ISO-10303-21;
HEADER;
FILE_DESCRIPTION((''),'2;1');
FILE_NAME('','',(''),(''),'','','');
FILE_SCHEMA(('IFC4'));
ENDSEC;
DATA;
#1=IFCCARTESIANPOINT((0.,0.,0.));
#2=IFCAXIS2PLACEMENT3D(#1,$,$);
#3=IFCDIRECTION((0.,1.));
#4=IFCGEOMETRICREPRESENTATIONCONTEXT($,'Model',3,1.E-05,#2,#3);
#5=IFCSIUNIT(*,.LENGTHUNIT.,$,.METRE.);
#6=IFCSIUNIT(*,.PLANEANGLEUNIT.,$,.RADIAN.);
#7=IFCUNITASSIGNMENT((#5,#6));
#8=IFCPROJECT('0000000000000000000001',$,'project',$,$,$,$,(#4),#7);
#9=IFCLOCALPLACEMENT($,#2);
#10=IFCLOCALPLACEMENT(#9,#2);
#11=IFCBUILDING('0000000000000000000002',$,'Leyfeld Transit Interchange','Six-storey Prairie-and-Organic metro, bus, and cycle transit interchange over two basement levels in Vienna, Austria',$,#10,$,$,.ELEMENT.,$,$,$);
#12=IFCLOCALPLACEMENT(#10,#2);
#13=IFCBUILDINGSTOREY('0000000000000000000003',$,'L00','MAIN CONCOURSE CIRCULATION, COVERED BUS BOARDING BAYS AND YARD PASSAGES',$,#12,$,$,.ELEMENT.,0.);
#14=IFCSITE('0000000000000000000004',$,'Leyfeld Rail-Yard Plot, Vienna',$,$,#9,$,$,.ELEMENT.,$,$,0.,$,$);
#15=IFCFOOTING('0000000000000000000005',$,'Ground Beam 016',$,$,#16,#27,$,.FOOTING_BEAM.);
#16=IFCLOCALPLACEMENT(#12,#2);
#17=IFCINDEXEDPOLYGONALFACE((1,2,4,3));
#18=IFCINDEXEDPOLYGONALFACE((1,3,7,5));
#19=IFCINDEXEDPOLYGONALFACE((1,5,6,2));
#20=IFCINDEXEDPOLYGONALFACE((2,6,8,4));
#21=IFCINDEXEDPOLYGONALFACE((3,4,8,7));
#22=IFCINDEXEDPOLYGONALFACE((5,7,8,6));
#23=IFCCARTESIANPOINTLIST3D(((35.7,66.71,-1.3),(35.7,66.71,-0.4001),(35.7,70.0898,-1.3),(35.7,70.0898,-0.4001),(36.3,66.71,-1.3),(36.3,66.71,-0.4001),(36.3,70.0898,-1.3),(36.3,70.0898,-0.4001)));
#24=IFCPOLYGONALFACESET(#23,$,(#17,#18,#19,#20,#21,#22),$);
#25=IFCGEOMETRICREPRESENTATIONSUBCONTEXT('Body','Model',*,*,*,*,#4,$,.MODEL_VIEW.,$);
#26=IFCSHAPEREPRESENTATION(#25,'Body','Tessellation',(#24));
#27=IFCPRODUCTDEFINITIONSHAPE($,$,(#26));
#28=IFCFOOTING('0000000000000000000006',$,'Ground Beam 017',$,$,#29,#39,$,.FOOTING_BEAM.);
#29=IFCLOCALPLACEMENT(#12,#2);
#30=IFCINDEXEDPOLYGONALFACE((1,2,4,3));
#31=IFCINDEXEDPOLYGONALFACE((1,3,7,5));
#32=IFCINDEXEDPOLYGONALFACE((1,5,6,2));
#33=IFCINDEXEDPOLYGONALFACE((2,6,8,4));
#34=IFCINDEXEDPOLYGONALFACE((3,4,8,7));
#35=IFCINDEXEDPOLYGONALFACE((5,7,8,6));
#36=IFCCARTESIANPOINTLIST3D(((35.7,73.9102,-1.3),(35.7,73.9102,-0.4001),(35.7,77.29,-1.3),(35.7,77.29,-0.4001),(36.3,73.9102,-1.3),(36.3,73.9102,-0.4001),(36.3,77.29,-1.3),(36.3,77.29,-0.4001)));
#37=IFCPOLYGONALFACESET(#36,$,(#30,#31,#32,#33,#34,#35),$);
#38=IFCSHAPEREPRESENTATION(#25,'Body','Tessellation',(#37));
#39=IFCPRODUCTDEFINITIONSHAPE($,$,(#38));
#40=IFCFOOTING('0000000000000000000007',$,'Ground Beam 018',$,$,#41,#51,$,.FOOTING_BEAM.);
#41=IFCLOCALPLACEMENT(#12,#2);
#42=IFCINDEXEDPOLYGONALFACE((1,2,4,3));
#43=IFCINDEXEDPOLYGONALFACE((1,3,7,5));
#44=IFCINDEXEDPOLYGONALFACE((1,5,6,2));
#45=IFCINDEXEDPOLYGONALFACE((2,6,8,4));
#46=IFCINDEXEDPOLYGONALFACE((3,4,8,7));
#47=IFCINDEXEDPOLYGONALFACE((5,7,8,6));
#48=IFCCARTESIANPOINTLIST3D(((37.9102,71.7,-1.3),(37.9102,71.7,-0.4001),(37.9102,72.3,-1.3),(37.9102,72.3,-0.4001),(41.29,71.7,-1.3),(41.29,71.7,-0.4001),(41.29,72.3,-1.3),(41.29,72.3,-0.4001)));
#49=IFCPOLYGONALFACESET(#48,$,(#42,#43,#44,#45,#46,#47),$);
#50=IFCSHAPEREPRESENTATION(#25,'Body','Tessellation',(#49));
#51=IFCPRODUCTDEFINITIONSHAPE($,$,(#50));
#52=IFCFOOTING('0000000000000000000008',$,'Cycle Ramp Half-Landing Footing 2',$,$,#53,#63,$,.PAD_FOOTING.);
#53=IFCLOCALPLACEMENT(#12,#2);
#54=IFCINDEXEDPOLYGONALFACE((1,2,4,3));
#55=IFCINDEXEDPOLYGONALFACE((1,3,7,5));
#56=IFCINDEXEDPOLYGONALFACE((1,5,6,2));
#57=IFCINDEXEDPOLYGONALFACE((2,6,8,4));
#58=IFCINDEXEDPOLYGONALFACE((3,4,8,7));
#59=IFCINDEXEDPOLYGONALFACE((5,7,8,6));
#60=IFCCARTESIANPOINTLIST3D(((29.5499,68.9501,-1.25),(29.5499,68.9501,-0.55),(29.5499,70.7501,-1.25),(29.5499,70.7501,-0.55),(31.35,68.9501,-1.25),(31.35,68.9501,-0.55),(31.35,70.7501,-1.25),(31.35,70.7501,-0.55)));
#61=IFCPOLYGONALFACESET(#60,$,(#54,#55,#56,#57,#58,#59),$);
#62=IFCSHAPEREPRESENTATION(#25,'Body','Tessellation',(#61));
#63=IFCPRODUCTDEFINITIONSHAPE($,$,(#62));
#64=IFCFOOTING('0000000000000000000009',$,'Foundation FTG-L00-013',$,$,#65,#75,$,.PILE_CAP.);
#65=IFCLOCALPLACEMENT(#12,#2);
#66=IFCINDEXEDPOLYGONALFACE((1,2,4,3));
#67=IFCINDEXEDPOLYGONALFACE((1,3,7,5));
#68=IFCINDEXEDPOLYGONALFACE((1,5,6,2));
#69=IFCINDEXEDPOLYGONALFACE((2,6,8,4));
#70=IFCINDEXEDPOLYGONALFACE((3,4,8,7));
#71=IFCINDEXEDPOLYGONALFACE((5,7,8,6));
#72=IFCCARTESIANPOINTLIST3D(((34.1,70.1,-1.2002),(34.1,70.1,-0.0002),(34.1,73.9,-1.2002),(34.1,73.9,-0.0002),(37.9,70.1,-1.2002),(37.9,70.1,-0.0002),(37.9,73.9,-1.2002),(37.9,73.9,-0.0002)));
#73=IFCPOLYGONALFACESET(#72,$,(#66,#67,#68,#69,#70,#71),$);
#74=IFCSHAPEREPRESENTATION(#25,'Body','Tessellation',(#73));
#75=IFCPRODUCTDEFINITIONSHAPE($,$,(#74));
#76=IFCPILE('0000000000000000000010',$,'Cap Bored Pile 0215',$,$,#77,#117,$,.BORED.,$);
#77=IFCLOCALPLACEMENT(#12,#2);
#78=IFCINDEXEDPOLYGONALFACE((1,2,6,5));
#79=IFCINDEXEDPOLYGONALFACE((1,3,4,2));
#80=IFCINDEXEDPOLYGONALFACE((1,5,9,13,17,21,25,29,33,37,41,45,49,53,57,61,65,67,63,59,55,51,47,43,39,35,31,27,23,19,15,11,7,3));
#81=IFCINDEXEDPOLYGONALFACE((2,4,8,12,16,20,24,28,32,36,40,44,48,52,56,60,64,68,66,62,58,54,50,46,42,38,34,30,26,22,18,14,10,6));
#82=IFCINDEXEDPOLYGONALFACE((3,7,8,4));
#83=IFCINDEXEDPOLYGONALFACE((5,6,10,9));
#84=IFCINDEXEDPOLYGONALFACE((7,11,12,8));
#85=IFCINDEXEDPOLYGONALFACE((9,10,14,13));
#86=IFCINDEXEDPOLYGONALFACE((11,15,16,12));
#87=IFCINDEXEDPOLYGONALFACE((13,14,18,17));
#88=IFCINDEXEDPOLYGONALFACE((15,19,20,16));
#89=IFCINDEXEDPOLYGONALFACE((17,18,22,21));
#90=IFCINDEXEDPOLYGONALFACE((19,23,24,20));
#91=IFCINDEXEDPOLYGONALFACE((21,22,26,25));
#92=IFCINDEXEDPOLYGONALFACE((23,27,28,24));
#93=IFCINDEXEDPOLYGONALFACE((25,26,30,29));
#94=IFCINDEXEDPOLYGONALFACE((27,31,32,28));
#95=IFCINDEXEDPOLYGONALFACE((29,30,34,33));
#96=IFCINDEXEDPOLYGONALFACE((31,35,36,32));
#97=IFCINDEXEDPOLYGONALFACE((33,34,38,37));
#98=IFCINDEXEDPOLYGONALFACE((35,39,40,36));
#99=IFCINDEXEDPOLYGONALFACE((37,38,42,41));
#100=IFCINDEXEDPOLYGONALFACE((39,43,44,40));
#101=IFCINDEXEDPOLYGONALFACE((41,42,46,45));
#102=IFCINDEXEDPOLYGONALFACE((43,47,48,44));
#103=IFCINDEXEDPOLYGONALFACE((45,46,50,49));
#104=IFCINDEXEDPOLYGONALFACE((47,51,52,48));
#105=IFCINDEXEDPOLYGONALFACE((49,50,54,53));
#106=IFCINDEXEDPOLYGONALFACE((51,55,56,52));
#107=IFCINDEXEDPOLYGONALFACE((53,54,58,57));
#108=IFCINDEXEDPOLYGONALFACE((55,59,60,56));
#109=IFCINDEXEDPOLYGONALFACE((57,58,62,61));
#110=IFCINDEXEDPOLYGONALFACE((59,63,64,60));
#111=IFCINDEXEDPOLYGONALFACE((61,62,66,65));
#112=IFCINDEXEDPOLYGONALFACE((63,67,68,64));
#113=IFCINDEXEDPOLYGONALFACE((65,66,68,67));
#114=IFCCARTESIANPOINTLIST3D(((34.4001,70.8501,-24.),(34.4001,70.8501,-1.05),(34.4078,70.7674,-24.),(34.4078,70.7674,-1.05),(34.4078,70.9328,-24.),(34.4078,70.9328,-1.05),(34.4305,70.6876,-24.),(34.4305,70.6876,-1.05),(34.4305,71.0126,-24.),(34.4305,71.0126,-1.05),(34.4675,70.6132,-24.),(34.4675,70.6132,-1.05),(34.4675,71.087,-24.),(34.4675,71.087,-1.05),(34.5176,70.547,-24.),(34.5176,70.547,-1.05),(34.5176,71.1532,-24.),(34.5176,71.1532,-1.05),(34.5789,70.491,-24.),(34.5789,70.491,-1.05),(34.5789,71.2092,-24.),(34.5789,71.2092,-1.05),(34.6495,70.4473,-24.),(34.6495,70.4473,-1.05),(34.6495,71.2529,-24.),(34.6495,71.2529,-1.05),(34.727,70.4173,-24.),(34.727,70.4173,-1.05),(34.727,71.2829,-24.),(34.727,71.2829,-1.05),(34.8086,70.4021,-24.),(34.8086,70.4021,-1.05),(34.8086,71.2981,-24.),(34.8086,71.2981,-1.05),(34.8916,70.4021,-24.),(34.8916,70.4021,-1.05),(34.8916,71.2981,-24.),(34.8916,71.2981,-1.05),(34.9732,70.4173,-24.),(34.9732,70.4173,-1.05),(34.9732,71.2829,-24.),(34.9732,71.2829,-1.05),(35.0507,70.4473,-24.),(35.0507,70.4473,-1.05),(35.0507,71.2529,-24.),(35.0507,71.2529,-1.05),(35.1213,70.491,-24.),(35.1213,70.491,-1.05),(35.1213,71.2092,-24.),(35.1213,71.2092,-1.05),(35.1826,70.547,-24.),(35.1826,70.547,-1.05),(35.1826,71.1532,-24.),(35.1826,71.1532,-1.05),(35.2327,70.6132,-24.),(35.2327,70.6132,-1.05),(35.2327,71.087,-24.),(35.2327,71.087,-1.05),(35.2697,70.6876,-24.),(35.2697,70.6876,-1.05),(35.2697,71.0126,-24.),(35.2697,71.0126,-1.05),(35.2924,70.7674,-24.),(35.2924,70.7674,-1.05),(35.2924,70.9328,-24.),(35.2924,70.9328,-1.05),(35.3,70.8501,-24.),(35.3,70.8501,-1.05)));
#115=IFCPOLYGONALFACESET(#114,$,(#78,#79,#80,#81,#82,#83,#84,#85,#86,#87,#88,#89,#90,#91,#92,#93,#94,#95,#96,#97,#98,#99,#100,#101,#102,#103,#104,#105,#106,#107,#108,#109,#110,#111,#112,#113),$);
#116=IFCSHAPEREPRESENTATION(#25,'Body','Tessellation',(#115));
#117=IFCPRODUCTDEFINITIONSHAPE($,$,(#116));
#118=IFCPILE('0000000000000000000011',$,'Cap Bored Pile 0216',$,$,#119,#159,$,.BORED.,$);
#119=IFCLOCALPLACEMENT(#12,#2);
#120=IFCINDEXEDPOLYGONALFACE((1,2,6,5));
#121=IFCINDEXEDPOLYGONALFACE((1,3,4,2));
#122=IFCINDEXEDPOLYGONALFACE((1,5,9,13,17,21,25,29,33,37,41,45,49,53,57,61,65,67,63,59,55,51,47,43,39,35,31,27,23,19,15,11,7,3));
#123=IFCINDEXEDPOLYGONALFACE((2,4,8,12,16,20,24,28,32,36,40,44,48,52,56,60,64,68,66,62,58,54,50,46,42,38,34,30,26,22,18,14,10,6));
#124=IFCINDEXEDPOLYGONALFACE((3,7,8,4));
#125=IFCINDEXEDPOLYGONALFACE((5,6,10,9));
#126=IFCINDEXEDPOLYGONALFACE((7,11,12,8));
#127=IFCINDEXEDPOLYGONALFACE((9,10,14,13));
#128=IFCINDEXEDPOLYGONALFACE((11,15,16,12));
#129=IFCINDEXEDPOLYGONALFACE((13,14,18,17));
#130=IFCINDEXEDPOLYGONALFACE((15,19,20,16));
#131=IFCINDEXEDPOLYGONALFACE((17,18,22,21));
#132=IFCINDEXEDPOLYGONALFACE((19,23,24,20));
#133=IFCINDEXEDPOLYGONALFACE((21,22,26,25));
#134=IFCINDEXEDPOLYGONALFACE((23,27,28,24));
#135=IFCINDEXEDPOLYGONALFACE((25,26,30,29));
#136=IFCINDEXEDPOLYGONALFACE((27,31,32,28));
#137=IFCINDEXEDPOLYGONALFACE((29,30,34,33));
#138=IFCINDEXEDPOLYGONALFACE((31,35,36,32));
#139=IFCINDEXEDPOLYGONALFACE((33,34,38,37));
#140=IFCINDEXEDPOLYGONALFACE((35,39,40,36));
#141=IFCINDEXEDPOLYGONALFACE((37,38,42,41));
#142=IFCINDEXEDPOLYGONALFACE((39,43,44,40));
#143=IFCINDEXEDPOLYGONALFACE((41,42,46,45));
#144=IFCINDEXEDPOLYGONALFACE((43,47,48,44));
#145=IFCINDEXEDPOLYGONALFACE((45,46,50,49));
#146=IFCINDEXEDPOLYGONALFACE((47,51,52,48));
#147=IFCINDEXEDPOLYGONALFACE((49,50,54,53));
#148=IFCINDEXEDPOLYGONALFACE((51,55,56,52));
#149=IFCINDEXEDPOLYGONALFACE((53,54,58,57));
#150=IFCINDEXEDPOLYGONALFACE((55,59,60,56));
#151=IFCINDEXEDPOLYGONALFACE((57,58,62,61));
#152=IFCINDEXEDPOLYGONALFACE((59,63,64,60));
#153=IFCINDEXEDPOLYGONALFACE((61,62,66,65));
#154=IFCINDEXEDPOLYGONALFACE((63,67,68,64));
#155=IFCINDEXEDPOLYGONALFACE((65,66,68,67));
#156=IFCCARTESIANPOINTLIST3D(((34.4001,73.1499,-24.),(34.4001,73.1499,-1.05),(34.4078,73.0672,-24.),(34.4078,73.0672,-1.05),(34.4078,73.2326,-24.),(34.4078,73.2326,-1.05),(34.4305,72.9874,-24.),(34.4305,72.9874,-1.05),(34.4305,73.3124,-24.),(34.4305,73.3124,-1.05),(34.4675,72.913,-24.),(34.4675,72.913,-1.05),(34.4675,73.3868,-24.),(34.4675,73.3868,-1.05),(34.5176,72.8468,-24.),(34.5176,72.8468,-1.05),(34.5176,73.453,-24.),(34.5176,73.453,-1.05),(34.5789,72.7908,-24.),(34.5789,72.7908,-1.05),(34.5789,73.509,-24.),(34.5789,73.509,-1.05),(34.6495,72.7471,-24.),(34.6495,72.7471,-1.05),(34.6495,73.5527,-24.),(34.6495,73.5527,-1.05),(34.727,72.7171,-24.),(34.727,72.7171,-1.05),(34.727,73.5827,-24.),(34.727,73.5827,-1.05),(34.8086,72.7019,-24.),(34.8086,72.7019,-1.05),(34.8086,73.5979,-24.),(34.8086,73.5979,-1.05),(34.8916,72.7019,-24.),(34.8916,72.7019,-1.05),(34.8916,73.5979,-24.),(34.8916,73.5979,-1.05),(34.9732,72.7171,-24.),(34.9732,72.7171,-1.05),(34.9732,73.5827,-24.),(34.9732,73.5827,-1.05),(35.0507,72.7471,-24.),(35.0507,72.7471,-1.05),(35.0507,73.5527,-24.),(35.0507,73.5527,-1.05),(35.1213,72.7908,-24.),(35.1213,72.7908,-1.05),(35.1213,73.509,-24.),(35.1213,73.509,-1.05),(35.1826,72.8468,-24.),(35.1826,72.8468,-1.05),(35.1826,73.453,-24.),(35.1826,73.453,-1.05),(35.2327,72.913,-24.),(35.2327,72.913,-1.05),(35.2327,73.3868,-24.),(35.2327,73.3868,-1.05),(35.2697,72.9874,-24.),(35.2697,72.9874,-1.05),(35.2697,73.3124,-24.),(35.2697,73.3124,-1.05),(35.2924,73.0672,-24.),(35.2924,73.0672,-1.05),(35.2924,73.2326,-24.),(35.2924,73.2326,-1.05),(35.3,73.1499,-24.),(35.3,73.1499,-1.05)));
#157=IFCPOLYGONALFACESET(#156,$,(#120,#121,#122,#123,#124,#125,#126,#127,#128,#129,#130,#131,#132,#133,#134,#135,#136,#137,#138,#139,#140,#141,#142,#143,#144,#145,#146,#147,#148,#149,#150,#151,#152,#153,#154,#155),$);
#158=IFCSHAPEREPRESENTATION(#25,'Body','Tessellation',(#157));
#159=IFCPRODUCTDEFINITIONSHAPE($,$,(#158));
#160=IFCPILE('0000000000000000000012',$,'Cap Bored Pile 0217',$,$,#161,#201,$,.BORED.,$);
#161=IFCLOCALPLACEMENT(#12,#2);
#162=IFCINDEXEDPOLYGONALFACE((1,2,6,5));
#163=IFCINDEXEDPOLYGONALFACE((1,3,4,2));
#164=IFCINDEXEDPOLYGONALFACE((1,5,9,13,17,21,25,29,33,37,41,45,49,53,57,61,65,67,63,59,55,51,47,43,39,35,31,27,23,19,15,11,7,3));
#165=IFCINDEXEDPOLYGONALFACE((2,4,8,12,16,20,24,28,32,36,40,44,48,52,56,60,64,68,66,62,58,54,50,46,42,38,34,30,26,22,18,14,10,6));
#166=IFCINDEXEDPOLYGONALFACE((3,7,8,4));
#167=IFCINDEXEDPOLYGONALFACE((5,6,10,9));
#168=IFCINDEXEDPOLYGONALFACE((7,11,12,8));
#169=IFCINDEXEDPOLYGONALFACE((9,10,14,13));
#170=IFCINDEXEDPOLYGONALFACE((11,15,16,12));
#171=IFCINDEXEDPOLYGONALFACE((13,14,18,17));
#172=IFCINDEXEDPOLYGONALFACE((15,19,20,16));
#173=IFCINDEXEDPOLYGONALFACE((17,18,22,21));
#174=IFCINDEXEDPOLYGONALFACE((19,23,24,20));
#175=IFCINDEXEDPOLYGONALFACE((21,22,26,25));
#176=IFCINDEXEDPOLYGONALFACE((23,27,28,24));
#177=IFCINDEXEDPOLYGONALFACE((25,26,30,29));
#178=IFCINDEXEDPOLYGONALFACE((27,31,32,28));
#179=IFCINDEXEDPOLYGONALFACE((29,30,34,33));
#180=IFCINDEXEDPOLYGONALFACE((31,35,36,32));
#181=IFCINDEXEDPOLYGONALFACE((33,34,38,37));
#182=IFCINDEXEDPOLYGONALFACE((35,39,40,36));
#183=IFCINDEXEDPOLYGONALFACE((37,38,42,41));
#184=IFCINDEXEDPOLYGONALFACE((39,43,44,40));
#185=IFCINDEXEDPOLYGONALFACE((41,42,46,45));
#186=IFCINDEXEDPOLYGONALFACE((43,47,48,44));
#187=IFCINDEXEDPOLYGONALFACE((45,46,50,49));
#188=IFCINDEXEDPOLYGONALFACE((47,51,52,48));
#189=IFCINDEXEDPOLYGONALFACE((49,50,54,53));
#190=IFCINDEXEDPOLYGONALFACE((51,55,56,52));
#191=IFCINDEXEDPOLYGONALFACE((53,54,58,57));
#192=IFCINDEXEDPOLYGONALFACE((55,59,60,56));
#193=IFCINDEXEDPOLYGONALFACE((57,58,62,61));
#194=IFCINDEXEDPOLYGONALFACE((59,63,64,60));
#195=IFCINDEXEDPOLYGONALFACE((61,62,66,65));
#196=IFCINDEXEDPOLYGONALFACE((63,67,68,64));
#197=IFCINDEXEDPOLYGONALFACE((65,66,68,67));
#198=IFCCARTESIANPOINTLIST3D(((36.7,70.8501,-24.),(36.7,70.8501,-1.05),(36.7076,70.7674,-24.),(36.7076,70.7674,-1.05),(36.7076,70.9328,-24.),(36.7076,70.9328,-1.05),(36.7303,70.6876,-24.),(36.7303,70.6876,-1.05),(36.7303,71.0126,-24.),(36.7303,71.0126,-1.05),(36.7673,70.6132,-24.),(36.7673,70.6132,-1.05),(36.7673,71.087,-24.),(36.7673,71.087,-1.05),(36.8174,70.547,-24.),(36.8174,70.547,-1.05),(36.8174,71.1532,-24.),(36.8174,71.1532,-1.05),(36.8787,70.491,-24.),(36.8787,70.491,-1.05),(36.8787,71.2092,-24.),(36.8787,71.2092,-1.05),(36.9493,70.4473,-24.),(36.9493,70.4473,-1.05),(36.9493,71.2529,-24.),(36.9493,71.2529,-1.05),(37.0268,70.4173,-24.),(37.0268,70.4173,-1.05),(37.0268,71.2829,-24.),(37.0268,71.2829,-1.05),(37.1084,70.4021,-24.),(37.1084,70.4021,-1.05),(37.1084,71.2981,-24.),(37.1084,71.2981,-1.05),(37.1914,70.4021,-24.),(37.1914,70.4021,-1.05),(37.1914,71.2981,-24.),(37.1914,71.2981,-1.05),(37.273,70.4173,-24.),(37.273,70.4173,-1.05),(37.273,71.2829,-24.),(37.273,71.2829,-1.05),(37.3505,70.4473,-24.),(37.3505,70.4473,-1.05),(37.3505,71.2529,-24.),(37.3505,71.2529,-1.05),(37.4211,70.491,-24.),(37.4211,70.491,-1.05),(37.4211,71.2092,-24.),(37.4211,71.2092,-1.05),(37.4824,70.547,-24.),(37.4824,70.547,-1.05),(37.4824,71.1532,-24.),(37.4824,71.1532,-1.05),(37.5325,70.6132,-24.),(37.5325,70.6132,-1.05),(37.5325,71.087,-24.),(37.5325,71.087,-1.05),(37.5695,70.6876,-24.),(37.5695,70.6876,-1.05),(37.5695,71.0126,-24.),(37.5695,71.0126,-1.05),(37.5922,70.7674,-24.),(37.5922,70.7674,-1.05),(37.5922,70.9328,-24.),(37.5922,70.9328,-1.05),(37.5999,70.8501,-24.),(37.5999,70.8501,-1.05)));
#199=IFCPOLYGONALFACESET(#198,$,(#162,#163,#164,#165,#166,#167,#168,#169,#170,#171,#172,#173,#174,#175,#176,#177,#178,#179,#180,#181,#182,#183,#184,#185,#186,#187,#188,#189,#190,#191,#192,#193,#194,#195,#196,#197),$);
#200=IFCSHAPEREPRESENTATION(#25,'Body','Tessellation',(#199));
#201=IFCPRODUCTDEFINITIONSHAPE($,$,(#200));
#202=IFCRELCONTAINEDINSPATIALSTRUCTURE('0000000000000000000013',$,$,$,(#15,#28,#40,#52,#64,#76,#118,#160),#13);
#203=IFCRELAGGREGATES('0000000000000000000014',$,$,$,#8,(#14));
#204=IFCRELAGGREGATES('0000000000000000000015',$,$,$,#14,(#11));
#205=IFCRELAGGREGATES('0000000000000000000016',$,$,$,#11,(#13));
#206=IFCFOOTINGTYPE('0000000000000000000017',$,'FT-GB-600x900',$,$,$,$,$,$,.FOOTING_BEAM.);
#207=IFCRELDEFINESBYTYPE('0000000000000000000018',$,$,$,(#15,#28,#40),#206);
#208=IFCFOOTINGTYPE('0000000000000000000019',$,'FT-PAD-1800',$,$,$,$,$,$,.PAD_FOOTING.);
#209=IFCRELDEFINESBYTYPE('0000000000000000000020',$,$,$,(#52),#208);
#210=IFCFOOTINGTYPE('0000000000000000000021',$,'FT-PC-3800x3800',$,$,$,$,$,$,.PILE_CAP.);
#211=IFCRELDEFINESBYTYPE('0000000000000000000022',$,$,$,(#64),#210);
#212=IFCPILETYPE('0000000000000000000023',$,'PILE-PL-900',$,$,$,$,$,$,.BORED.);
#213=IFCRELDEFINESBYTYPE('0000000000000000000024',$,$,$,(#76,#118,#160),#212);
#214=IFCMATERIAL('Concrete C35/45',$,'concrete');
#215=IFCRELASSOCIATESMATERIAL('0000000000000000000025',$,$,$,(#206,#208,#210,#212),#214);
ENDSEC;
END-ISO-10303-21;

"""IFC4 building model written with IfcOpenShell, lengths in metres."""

from ifc_helpers import new_model, si_unit, direction, frame, origin, origin_2d, place, context, subcontext, project, spatial, rectangle, circle, extrude, material, material_profile, profile_set, type_object, element, save


model = new_model("IFC4")

# Units and contexts
model_context = context("Model", 3, precision=1e-05, world=origin(), true_north=direction((0.0, 1.0)))
body_context = subcontext(model_context, "Body", "Model", "MODEL_VIEW")
ifc_project = project(units=[si_unit("LENGTHUNIT", "METRE"), si_unit("PLANEANGLEUNIT", "RADIAN")], contexts=[model_context])

# Site, building, storey
site_placement = place(None, origin())
site = spatial("IfcSite", under=ifc_project, at=site_placement, Name="Leyfeld Rail-Yard Plot, Vienna", CompositionType="ELEMENT", RefElevation=0.0)
building_placement = place(site_placement, origin())
building = spatial("IfcBuilding", under=site, at=building_placement, Name="Leyfeld Transit Interchange", Description="Six-storey Prairie-and-Organic metro, bus, and cycle transit interchange over two basement levels in Vienna, Austria", CompositionType="ELEMENT")
storey_placement = place(building_placement, origin())
storey = spatial("IfcBuildingStorey", under=building, at=storey_placement, Name="L00", Description="MAIN CONCOURSE CIRCULATION, COVERED BUS BOARDING BAYS AND YARD PASSAGES", CompositionType="ELEMENT", Elevation=0.0)

# Footings
ifc_material_1 = material(Name="Concrete C35/45", Category="concrete")
footing_type_1 = type_object("IfcFootingType", Name="FT-GB-600x900", PredefinedType="FOOTING_BEAM", material=ifc_material_1)
for number, where, z_axis, x_axis, name in (
    (1, (36.0, 68.3999, -1.3), (0.0, 0.0, 1.0), (1.0, 0.0, 0.0), "Ground Beam 016"),
    (2, (36.0, 75.6001, -1.3), (0.0, 0.0, 1.0), (1.0, 0.0, 0.0), "Ground Beam 017"),
):
    element("IfcFooting", number, at=place(storey_placement, frame(where, z_axis=z_axis, x_axis=x_axis)), inside=storey, type_object=footing_type_1, Name=name, PredefinedType="FOOTING_BEAM", context=body_context, shape_type="SweptSolid", body=[
        extrude(rectangle(XDim=0.6001, YDim=3.3799, at=origin_2d()), origin(), (0.0, 0.0, 1.0), 0.8999),
    ])
footing_1_placement = place(storey_placement, frame((39.6001, 72.0, -1.3), z_axis=(0.0, 0.0, 1.0), x_axis=(1.0, 0.0, 0.0)))
element("IfcFooting", 3, at=footing_1_placement, inside=storey, type_object=footing_type_1, Name="Ground Beam 018", PredefinedType="FOOTING_BEAM", context=body_context, shape_type="SweptSolid", body=[
    extrude(rectangle(XDim=3.3799, YDim=0.6001, at=origin_2d()), origin(), (0.0, 0.0, 1.0), 0.8999),
])
footing_type_2 = type_object("IfcFootingType", Name="FT-PAD-1800", PredefinedType="PAD_FOOTING", material=ifc_material_1)
footing_2_placement = place(storey_placement, frame((30.45, 69.8501, -1.25), z_axis=(0.0, 0.0, 1.0), x_axis=(1.0, 0.0, 0.0)))
element("IfcFooting", 4, at=footing_2_placement, inside=storey, type_object=footing_type_2, Name="Cycle Ramp Half-Landing Footing 2", PredefinedType="PAD_FOOTING", context=body_context, shape_type="SweptSolid", body=[
    extrude(rectangle(XDim=1.8, YDim=1.8, at=origin_2d()), origin(), (0.0, 0.0, 1.0), 0.7),
])
footing_type_3 = type_object("IfcFootingType", Name="FT-PC-3800x3800", PredefinedType="PILE_CAP", material=ifc_material_1)
footing_3_placement = place(storey_placement, frame((36.0, 72.0, -1.2002), z_axis=(0.0, 0.0, 1.0), x_axis=(1.0, 0.0, 0.0)))
element("IfcFooting", 5, at=footing_3_placement, inside=storey, type_object=footing_type_3, Name="Foundation FTG-L00-013", PredefinedType="PILE_CAP", context=body_context, shape_type="SweptSolid", body=[
    extrude(rectangle(XDim=3.8, YDim=3.8, at=origin_2d()), origin(), (0.0, 0.0, 1.0), 1.2),
])

# Piles
ifc_material_profile_1 = material_profile(ifc_material_1, circle(Radius=0.45, at=origin_2d()), Name="PILE D900")
ifc_profile_set_1 = profile_set([ifc_material_profile_1], Name="Concrete C35/45")
pile_type = type_object("IfcPileType", Name="PILE-PL-900", PredefinedType="BORED", material=ifc_profile_set_1)
for number, where, z_axis, x_axis, name in (
    (6, (34.8501, 70.8501, -1.05), (0.0, 0.0, -1.0), (1.0, 0.0, 0.0), "Cap Bored Pile 0215"),
    (7, (34.8501, 73.1499, -1.05), (0.0, 0.0, -1.0), (1.0, 0.0, 0.0), "Cap Bored Pile 0216"),
    (8, (37.1499, 70.8501, -1.05), (0.0, 0.0, -1.0), (1.0, 0.0, 0.0), "Cap Bored Pile 0217"),
):
    element("IfcPile", number, at=place(storey_placement, frame(where, z_axis=z_axis, x_axis=x_axis)), inside=storey, type_object=pile_type, Name=name, PredefinedType="BORED", context=body_context, shape_type="SweptSolid", body=[
        extrude(circle(Radius=0.45, at=origin_2d()), origin(), (0.0, 0.0, 1.0), 22.95),
    ])

save(model, "model.ifc")
